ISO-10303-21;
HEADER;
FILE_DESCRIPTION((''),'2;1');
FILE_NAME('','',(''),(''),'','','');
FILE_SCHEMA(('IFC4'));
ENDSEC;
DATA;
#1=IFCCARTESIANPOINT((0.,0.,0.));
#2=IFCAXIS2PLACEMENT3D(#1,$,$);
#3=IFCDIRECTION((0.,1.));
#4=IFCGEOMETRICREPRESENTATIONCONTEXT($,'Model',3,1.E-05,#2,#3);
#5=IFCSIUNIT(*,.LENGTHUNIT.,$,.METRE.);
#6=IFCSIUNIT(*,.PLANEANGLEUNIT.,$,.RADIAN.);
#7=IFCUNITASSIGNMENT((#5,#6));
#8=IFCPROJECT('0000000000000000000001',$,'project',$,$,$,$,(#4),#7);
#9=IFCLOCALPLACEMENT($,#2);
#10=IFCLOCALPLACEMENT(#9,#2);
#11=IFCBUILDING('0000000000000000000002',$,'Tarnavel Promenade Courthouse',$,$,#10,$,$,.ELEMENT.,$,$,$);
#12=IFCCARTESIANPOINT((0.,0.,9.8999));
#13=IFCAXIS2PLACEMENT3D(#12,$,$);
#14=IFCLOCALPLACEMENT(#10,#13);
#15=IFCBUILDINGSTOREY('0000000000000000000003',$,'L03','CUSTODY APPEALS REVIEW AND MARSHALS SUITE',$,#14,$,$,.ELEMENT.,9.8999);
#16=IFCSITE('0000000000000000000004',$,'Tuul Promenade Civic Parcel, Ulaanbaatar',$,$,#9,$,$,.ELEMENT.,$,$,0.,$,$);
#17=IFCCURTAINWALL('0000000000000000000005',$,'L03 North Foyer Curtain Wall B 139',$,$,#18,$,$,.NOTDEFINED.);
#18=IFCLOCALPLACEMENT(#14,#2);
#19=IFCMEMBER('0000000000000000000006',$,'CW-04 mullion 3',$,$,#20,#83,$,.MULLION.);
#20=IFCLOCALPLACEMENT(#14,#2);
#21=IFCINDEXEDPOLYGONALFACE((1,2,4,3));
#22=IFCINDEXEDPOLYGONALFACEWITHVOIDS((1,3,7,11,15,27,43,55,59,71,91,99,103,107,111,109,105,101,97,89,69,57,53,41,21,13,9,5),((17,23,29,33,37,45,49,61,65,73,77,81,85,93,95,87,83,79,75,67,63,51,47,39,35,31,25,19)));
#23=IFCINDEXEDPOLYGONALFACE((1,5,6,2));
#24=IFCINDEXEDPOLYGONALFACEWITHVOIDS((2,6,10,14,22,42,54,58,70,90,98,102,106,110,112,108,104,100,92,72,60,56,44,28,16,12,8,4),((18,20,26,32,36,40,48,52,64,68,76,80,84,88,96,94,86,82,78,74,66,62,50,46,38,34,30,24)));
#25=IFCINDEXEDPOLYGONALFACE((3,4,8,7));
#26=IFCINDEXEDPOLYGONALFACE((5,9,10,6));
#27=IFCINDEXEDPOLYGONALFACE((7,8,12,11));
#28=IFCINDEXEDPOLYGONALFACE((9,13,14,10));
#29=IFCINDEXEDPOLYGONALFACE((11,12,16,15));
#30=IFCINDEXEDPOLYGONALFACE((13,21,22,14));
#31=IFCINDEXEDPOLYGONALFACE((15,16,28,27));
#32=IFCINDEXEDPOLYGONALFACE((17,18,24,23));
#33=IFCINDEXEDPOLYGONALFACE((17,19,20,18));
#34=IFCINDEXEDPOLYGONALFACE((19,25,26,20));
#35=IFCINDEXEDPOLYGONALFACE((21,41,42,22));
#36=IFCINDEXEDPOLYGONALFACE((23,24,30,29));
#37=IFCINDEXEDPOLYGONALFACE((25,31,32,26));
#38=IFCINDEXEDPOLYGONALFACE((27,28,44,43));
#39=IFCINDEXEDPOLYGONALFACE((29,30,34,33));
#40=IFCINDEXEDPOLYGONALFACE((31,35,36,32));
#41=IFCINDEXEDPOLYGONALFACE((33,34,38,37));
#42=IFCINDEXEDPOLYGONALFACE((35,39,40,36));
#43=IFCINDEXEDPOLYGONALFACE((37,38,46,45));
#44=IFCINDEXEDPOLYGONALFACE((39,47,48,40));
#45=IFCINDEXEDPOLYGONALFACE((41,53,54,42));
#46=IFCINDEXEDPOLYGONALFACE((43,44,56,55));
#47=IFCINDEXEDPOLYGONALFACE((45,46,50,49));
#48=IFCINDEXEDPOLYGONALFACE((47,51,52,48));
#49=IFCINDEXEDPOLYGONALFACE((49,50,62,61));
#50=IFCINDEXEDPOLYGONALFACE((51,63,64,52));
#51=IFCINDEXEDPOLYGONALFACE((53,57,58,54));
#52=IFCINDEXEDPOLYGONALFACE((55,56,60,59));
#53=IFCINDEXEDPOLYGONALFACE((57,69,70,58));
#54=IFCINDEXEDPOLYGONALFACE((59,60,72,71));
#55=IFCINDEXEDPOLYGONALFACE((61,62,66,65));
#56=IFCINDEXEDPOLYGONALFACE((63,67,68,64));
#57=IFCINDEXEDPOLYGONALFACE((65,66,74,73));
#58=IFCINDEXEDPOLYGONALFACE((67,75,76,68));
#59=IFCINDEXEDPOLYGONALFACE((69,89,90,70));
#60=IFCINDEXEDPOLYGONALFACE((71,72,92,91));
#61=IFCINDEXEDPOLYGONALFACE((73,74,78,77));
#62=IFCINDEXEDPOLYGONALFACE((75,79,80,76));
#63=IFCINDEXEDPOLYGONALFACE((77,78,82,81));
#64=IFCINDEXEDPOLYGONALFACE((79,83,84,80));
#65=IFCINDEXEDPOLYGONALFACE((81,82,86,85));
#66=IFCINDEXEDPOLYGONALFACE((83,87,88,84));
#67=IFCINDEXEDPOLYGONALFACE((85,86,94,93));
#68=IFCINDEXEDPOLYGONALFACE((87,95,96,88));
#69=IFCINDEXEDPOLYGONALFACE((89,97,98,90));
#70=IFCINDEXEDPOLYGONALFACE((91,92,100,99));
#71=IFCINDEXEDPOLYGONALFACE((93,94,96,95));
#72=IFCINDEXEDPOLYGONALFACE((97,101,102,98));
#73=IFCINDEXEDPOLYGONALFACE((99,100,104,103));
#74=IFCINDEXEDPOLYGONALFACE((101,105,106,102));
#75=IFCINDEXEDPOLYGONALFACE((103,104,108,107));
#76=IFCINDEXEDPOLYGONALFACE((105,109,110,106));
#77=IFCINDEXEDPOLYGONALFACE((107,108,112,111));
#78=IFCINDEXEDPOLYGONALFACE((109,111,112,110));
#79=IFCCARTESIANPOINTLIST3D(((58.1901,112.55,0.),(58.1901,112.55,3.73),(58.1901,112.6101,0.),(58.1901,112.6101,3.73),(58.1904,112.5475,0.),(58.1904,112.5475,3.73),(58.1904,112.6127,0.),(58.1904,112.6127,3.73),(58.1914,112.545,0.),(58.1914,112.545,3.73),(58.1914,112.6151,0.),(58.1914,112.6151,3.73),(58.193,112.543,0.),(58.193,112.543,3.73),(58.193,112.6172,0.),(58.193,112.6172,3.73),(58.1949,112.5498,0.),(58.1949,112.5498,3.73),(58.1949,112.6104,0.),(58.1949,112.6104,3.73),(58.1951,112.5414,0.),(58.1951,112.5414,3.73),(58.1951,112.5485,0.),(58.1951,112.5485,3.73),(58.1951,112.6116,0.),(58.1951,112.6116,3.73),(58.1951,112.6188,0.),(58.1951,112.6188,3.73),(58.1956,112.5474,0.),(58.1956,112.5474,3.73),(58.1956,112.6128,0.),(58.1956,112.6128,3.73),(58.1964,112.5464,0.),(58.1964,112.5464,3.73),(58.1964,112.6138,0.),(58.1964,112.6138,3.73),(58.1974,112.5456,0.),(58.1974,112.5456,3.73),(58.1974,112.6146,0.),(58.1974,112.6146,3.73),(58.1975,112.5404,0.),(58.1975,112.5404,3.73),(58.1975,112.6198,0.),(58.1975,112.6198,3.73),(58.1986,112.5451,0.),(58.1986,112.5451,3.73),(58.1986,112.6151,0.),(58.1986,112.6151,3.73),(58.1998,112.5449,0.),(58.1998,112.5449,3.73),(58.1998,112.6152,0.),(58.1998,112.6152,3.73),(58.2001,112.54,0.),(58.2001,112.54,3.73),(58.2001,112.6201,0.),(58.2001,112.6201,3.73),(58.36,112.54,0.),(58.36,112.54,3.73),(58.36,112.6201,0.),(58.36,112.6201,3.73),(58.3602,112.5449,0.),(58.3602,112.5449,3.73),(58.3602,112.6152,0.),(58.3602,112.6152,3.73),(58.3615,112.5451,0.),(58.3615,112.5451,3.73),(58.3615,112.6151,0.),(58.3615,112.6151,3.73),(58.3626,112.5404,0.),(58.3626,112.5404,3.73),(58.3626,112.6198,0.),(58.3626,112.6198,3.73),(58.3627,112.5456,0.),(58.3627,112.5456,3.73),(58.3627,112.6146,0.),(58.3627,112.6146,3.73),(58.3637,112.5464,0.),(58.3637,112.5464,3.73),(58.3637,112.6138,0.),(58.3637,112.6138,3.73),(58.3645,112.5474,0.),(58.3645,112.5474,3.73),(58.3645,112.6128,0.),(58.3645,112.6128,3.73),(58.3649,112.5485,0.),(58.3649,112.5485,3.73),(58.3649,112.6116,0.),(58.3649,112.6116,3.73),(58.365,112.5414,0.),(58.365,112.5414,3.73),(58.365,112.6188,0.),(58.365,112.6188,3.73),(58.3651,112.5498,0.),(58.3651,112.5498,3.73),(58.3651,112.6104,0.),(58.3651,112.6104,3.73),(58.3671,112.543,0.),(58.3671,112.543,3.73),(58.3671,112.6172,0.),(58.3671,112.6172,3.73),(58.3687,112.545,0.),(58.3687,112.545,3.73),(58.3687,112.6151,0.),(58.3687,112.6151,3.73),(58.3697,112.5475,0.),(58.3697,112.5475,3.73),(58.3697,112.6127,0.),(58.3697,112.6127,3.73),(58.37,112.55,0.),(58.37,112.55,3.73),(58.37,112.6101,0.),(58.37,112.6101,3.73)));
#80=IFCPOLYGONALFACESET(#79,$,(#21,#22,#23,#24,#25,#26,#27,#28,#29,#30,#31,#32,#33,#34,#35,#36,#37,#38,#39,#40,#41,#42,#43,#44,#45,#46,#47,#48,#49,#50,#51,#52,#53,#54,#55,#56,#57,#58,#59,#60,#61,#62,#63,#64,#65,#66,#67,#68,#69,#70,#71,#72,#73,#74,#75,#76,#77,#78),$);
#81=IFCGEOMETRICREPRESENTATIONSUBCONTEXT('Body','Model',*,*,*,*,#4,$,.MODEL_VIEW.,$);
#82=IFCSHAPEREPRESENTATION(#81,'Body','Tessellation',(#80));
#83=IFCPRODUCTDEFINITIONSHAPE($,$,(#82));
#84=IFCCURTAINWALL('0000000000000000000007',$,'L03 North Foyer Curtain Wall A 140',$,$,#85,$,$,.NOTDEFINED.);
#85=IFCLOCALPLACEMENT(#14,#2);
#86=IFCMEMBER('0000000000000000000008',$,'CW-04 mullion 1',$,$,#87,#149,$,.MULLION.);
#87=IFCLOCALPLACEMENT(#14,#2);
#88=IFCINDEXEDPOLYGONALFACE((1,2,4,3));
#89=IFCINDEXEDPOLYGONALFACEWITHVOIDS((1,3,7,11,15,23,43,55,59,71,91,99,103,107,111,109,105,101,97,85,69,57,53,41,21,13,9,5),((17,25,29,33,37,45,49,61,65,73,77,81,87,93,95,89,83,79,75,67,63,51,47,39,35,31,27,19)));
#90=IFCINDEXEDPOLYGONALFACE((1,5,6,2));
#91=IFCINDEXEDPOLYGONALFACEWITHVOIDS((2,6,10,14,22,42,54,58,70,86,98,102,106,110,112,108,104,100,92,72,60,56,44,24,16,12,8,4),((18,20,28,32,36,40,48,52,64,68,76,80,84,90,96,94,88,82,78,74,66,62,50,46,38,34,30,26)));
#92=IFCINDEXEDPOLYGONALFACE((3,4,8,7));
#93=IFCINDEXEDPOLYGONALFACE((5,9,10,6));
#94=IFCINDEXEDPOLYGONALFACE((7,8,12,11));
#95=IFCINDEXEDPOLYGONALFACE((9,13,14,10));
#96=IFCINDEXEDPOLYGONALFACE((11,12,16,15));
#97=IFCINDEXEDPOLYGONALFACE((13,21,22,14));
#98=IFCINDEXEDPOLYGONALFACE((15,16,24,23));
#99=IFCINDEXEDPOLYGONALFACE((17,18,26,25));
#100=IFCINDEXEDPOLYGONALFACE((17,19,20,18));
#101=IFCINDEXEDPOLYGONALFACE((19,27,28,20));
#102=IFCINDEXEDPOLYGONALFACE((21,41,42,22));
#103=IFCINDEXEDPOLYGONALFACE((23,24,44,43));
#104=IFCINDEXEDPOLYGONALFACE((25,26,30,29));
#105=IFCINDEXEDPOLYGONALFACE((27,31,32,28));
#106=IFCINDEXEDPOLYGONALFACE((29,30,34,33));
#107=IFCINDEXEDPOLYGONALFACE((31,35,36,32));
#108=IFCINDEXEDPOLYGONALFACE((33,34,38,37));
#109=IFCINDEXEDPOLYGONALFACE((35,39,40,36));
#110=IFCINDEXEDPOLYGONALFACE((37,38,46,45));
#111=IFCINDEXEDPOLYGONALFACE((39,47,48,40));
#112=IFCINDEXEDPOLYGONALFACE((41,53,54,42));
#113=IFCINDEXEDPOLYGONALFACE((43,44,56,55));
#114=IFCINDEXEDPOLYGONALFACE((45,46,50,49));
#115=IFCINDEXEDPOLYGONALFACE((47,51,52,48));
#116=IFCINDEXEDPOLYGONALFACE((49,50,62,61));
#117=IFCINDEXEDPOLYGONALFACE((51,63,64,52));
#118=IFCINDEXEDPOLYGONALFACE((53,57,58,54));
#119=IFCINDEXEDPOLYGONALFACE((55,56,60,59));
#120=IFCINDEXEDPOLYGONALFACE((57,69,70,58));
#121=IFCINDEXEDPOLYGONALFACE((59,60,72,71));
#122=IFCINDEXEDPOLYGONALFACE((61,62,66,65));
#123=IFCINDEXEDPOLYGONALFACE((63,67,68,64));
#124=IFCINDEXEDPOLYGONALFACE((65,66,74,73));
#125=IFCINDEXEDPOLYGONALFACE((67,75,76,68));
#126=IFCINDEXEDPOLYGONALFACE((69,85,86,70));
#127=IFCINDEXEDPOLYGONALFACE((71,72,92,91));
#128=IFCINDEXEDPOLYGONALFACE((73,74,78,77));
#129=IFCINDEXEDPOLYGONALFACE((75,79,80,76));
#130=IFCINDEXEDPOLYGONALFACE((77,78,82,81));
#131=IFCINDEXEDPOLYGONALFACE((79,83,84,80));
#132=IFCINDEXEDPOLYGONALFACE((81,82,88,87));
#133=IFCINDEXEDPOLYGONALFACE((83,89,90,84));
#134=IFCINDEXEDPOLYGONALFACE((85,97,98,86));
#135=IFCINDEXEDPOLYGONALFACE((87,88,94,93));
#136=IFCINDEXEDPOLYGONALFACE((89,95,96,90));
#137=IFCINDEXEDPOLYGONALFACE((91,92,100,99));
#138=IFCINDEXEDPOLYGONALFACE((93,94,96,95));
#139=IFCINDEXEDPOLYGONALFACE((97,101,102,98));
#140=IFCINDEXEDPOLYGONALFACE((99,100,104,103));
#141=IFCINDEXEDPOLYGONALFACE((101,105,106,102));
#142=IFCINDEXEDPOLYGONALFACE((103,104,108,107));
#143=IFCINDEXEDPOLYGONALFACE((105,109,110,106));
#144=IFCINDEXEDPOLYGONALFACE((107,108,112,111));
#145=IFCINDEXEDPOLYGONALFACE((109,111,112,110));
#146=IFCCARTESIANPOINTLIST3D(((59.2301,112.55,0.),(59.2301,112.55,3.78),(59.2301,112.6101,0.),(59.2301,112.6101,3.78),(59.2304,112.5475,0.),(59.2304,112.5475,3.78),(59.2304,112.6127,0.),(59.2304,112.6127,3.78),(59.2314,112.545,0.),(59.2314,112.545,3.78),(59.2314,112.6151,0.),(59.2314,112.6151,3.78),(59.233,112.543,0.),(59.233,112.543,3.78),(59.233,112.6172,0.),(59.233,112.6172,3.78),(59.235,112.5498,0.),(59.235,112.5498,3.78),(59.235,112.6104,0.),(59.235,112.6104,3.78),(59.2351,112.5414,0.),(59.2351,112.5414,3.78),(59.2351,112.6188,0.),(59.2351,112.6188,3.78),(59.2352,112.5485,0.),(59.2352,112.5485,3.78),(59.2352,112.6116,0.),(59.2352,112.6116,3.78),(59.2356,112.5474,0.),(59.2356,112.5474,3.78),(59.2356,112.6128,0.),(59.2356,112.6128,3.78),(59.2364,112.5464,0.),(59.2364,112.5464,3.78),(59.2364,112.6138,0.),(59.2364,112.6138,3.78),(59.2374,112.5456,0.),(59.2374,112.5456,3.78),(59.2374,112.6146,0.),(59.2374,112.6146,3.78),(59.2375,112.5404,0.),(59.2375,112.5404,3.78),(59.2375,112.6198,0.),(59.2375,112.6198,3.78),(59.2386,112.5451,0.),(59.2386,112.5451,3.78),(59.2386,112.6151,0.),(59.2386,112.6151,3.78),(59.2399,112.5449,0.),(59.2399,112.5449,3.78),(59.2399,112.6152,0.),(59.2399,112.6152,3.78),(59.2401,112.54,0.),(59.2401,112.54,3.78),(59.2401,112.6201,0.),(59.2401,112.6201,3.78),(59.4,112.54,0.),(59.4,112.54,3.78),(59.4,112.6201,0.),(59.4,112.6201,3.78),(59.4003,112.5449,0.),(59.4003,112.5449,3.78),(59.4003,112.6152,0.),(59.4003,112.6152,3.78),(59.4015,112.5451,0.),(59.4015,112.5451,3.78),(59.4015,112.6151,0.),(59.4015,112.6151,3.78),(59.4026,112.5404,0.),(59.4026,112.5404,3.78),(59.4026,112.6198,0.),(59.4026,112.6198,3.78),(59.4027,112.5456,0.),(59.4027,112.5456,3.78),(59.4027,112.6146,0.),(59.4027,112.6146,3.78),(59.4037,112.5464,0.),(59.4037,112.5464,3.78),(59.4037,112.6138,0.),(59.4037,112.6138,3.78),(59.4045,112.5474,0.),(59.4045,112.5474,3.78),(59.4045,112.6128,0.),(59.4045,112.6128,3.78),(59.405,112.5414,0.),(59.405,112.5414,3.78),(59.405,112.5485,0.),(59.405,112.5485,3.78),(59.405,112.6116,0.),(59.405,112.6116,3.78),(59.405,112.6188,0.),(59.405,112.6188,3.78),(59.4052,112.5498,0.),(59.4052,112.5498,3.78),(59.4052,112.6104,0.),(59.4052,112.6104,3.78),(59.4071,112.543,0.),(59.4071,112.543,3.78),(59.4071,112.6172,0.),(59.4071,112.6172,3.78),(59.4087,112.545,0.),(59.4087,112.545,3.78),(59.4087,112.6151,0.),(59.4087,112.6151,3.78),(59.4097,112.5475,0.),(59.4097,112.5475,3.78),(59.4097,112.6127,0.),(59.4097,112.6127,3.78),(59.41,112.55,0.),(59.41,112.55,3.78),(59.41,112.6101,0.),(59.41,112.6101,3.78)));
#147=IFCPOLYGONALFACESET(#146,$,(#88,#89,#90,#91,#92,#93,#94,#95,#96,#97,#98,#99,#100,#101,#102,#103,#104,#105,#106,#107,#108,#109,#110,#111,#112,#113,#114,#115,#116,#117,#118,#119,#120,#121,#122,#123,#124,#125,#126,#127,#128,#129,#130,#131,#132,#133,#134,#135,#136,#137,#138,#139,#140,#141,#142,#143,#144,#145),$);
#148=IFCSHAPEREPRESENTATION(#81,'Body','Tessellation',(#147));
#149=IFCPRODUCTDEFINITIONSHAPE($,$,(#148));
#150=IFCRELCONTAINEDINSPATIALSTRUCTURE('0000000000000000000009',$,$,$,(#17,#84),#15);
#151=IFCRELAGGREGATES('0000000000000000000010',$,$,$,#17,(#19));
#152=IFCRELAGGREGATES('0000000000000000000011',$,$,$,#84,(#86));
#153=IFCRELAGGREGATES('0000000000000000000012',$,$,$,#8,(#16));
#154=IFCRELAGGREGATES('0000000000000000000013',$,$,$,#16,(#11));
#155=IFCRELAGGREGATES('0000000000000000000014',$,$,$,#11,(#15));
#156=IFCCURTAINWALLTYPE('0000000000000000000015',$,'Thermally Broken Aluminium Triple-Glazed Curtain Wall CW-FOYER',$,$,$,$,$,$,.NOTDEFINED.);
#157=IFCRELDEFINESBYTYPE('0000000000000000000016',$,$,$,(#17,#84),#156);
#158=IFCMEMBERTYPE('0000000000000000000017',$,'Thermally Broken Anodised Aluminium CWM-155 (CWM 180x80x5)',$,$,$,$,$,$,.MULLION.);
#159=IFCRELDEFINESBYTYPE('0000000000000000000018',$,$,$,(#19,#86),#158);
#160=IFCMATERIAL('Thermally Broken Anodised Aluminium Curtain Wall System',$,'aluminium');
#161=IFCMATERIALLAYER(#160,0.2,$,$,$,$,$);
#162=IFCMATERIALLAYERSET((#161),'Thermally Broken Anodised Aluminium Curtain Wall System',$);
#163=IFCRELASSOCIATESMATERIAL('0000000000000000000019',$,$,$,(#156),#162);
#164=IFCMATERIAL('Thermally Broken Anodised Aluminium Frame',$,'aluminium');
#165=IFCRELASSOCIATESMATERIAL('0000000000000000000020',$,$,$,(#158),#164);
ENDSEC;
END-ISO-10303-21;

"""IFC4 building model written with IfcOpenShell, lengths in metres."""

from ifc_helpers import new_model, si_unit, direction, frame, origin, origin_2d, place, context, subcontext, project, spatial, hollow_rectangle, extrude, material, layer, layer_set, material_profile, profile_set, type_object, element, aggregate, save


model = new_model("IFC4")

# Units and contexts
model_context = context("Model", 3, precision=1e-05, world=origin(), true_north=direction((0.0, 1.0)))
body_context = subcontext(model_context, "Body", "Model", "MODEL_VIEW")
ifc_project = project(units=[si_unit("LENGTHUNIT", "METRE"), si_unit("PLANEANGLEUNIT", "RADIAN")], contexts=[model_context])

# Site, building, storey
site_placement = place(None, origin())
site = spatial("IfcSite", under=ifc_project, at=site_placement, Name="Tuul Promenade Civic Parcel, Ulaanbaatar", CompositionType="ELEMENT", RefElevation=0.0)
building_placement = place(site_placement, origin())
building = spatial("IfcBuilding", under=site, at=building_placement, Name="Tarnavel Promenade Courthouse", CompositionType="ELEMENT")
storey_placement = place(building_placement, frame((0.0, 0.0, 9.8999)))
storey = spatial("IfcBuildingStorey", under=building, at=storey_placement, Name="L03", Description="CUSTODY APPEALS REVIEW AND MARSHALS SUITE", CompositionType="ELEMENT", Elevation=9.8999)

# Curtain wall, member
ifc_material_1 = material(Name="Thermally Broken Anodised Aluminium Curtain Wall System", Category="aluminium")
ifc_layer_1 = layer(ifc_material_1, 0.2)
ifc_layer_set_1 = layer_set([ifc_layer_1], Name="Thermally Broken Anodised Aluminium Curtain Wall System")
curtain_wall_type = type_object("IfcCurtainWallType", Name="Thermally Broken Aluminium Triple-Glazed Curtain Wall CW-FOYER", PredefinedType="NOTDEFINED", material=ifc_layer_set_1)
curtain_wall_1_placement = place(storey_placement, origin())
curtain_wall_1 = element("IfcCurtainWall", 1, at=curtain_wall_1_placement, inside=storey, type_object=curtain_wall_type, Name="L03 North Foyer Curtain Wall B 139", PredefinedType="NOTDEFINED")
ifc_material_2 = material(Name="Thermally Broken Anodised Aluminium Frame", Category="aluminium")
ifc_material_profile_1 = material_profile(ifc_material_2, hollow_rectangle(XDim=0.0801, YDim=0.1799, WallThickness=0.0049, InnerFilletRadius=0.0049, OuterFilletRadius=0.01, at=origin_2d()), Name="CWM 180x80x5")
ifc_profile_set_1 = profile_set([ifc_material_profile_1], Name="Thermally Broken Anodised Aluminium Frame")
member_type_1 = type_object("IfcMemberType", Name="Thermally Broken Anodised Aluminium CWM-155 (CWM 180x80x5)", PredefinedType="MULLION", material=ifc_profile_set_1)
member_1_placement = place(storey_placement, frame((58.28, 112.5801, 0.0), z_axis=(0.0, 0.0, 1.0), x_axis=(0.0, 1.0, 0.0)))
member_1 = element("IfcMember", 2, at=member_1_placement, type_object=member_type_1, Name="CW-04 mullion 3", PredefinedType="MULLION", context=body_context, shape_type="SweptSolid", body=[
    extrude(hollow_rectangle(XDim=0.0801, YDim=0.1799, WallThickness=0.0049, InnerFilletRadius=0.0049, OuterFilletRadius=0.01, at=origin_2d()), origin(), (0.0, 0.0, 1.0), 3.73),
])

# Curtain wall, member
curtain_wall_2_placement = place(storey_placement, origin())
curtain_wall_2 = element("IfcCurtainWall", 3, at=curtain_wall_2_placement, inside=storey, type_object=curtain_wall_type, Name="L03 North Foyer Curtain Wall A 140", PredefinedType="NOTDEFINED")
member_2_placement = place(storey_placement, frame((59.3201, 112.5801, 0.0), z_axis=(0.0, 0.0, 1.0), x_axis=(0.0, 1.0, 0.0)))
member_2 = element("IfcMember", 4, at=member_2_placement, type_object=member_type_1, Name="CW-04 mullion 1", PredefinedType="MULLION", context=body_context, shape_type="SweptSolid", body=[
    extrude(hollow_rectangle(XDim=0.0801, YDim=0.1799, WallThickness=0.0049, InnerFilletRadius=0.0049, OuterFilletRadius=0.01, at=origin_2d()), origin(), (0.0, 0.0, 1.0), 3.78),
])

aggregate(curtain_wall_1, [member_1])
aggregate(curtain_wall_2, [member_2])

save(model, "model.ifc")
